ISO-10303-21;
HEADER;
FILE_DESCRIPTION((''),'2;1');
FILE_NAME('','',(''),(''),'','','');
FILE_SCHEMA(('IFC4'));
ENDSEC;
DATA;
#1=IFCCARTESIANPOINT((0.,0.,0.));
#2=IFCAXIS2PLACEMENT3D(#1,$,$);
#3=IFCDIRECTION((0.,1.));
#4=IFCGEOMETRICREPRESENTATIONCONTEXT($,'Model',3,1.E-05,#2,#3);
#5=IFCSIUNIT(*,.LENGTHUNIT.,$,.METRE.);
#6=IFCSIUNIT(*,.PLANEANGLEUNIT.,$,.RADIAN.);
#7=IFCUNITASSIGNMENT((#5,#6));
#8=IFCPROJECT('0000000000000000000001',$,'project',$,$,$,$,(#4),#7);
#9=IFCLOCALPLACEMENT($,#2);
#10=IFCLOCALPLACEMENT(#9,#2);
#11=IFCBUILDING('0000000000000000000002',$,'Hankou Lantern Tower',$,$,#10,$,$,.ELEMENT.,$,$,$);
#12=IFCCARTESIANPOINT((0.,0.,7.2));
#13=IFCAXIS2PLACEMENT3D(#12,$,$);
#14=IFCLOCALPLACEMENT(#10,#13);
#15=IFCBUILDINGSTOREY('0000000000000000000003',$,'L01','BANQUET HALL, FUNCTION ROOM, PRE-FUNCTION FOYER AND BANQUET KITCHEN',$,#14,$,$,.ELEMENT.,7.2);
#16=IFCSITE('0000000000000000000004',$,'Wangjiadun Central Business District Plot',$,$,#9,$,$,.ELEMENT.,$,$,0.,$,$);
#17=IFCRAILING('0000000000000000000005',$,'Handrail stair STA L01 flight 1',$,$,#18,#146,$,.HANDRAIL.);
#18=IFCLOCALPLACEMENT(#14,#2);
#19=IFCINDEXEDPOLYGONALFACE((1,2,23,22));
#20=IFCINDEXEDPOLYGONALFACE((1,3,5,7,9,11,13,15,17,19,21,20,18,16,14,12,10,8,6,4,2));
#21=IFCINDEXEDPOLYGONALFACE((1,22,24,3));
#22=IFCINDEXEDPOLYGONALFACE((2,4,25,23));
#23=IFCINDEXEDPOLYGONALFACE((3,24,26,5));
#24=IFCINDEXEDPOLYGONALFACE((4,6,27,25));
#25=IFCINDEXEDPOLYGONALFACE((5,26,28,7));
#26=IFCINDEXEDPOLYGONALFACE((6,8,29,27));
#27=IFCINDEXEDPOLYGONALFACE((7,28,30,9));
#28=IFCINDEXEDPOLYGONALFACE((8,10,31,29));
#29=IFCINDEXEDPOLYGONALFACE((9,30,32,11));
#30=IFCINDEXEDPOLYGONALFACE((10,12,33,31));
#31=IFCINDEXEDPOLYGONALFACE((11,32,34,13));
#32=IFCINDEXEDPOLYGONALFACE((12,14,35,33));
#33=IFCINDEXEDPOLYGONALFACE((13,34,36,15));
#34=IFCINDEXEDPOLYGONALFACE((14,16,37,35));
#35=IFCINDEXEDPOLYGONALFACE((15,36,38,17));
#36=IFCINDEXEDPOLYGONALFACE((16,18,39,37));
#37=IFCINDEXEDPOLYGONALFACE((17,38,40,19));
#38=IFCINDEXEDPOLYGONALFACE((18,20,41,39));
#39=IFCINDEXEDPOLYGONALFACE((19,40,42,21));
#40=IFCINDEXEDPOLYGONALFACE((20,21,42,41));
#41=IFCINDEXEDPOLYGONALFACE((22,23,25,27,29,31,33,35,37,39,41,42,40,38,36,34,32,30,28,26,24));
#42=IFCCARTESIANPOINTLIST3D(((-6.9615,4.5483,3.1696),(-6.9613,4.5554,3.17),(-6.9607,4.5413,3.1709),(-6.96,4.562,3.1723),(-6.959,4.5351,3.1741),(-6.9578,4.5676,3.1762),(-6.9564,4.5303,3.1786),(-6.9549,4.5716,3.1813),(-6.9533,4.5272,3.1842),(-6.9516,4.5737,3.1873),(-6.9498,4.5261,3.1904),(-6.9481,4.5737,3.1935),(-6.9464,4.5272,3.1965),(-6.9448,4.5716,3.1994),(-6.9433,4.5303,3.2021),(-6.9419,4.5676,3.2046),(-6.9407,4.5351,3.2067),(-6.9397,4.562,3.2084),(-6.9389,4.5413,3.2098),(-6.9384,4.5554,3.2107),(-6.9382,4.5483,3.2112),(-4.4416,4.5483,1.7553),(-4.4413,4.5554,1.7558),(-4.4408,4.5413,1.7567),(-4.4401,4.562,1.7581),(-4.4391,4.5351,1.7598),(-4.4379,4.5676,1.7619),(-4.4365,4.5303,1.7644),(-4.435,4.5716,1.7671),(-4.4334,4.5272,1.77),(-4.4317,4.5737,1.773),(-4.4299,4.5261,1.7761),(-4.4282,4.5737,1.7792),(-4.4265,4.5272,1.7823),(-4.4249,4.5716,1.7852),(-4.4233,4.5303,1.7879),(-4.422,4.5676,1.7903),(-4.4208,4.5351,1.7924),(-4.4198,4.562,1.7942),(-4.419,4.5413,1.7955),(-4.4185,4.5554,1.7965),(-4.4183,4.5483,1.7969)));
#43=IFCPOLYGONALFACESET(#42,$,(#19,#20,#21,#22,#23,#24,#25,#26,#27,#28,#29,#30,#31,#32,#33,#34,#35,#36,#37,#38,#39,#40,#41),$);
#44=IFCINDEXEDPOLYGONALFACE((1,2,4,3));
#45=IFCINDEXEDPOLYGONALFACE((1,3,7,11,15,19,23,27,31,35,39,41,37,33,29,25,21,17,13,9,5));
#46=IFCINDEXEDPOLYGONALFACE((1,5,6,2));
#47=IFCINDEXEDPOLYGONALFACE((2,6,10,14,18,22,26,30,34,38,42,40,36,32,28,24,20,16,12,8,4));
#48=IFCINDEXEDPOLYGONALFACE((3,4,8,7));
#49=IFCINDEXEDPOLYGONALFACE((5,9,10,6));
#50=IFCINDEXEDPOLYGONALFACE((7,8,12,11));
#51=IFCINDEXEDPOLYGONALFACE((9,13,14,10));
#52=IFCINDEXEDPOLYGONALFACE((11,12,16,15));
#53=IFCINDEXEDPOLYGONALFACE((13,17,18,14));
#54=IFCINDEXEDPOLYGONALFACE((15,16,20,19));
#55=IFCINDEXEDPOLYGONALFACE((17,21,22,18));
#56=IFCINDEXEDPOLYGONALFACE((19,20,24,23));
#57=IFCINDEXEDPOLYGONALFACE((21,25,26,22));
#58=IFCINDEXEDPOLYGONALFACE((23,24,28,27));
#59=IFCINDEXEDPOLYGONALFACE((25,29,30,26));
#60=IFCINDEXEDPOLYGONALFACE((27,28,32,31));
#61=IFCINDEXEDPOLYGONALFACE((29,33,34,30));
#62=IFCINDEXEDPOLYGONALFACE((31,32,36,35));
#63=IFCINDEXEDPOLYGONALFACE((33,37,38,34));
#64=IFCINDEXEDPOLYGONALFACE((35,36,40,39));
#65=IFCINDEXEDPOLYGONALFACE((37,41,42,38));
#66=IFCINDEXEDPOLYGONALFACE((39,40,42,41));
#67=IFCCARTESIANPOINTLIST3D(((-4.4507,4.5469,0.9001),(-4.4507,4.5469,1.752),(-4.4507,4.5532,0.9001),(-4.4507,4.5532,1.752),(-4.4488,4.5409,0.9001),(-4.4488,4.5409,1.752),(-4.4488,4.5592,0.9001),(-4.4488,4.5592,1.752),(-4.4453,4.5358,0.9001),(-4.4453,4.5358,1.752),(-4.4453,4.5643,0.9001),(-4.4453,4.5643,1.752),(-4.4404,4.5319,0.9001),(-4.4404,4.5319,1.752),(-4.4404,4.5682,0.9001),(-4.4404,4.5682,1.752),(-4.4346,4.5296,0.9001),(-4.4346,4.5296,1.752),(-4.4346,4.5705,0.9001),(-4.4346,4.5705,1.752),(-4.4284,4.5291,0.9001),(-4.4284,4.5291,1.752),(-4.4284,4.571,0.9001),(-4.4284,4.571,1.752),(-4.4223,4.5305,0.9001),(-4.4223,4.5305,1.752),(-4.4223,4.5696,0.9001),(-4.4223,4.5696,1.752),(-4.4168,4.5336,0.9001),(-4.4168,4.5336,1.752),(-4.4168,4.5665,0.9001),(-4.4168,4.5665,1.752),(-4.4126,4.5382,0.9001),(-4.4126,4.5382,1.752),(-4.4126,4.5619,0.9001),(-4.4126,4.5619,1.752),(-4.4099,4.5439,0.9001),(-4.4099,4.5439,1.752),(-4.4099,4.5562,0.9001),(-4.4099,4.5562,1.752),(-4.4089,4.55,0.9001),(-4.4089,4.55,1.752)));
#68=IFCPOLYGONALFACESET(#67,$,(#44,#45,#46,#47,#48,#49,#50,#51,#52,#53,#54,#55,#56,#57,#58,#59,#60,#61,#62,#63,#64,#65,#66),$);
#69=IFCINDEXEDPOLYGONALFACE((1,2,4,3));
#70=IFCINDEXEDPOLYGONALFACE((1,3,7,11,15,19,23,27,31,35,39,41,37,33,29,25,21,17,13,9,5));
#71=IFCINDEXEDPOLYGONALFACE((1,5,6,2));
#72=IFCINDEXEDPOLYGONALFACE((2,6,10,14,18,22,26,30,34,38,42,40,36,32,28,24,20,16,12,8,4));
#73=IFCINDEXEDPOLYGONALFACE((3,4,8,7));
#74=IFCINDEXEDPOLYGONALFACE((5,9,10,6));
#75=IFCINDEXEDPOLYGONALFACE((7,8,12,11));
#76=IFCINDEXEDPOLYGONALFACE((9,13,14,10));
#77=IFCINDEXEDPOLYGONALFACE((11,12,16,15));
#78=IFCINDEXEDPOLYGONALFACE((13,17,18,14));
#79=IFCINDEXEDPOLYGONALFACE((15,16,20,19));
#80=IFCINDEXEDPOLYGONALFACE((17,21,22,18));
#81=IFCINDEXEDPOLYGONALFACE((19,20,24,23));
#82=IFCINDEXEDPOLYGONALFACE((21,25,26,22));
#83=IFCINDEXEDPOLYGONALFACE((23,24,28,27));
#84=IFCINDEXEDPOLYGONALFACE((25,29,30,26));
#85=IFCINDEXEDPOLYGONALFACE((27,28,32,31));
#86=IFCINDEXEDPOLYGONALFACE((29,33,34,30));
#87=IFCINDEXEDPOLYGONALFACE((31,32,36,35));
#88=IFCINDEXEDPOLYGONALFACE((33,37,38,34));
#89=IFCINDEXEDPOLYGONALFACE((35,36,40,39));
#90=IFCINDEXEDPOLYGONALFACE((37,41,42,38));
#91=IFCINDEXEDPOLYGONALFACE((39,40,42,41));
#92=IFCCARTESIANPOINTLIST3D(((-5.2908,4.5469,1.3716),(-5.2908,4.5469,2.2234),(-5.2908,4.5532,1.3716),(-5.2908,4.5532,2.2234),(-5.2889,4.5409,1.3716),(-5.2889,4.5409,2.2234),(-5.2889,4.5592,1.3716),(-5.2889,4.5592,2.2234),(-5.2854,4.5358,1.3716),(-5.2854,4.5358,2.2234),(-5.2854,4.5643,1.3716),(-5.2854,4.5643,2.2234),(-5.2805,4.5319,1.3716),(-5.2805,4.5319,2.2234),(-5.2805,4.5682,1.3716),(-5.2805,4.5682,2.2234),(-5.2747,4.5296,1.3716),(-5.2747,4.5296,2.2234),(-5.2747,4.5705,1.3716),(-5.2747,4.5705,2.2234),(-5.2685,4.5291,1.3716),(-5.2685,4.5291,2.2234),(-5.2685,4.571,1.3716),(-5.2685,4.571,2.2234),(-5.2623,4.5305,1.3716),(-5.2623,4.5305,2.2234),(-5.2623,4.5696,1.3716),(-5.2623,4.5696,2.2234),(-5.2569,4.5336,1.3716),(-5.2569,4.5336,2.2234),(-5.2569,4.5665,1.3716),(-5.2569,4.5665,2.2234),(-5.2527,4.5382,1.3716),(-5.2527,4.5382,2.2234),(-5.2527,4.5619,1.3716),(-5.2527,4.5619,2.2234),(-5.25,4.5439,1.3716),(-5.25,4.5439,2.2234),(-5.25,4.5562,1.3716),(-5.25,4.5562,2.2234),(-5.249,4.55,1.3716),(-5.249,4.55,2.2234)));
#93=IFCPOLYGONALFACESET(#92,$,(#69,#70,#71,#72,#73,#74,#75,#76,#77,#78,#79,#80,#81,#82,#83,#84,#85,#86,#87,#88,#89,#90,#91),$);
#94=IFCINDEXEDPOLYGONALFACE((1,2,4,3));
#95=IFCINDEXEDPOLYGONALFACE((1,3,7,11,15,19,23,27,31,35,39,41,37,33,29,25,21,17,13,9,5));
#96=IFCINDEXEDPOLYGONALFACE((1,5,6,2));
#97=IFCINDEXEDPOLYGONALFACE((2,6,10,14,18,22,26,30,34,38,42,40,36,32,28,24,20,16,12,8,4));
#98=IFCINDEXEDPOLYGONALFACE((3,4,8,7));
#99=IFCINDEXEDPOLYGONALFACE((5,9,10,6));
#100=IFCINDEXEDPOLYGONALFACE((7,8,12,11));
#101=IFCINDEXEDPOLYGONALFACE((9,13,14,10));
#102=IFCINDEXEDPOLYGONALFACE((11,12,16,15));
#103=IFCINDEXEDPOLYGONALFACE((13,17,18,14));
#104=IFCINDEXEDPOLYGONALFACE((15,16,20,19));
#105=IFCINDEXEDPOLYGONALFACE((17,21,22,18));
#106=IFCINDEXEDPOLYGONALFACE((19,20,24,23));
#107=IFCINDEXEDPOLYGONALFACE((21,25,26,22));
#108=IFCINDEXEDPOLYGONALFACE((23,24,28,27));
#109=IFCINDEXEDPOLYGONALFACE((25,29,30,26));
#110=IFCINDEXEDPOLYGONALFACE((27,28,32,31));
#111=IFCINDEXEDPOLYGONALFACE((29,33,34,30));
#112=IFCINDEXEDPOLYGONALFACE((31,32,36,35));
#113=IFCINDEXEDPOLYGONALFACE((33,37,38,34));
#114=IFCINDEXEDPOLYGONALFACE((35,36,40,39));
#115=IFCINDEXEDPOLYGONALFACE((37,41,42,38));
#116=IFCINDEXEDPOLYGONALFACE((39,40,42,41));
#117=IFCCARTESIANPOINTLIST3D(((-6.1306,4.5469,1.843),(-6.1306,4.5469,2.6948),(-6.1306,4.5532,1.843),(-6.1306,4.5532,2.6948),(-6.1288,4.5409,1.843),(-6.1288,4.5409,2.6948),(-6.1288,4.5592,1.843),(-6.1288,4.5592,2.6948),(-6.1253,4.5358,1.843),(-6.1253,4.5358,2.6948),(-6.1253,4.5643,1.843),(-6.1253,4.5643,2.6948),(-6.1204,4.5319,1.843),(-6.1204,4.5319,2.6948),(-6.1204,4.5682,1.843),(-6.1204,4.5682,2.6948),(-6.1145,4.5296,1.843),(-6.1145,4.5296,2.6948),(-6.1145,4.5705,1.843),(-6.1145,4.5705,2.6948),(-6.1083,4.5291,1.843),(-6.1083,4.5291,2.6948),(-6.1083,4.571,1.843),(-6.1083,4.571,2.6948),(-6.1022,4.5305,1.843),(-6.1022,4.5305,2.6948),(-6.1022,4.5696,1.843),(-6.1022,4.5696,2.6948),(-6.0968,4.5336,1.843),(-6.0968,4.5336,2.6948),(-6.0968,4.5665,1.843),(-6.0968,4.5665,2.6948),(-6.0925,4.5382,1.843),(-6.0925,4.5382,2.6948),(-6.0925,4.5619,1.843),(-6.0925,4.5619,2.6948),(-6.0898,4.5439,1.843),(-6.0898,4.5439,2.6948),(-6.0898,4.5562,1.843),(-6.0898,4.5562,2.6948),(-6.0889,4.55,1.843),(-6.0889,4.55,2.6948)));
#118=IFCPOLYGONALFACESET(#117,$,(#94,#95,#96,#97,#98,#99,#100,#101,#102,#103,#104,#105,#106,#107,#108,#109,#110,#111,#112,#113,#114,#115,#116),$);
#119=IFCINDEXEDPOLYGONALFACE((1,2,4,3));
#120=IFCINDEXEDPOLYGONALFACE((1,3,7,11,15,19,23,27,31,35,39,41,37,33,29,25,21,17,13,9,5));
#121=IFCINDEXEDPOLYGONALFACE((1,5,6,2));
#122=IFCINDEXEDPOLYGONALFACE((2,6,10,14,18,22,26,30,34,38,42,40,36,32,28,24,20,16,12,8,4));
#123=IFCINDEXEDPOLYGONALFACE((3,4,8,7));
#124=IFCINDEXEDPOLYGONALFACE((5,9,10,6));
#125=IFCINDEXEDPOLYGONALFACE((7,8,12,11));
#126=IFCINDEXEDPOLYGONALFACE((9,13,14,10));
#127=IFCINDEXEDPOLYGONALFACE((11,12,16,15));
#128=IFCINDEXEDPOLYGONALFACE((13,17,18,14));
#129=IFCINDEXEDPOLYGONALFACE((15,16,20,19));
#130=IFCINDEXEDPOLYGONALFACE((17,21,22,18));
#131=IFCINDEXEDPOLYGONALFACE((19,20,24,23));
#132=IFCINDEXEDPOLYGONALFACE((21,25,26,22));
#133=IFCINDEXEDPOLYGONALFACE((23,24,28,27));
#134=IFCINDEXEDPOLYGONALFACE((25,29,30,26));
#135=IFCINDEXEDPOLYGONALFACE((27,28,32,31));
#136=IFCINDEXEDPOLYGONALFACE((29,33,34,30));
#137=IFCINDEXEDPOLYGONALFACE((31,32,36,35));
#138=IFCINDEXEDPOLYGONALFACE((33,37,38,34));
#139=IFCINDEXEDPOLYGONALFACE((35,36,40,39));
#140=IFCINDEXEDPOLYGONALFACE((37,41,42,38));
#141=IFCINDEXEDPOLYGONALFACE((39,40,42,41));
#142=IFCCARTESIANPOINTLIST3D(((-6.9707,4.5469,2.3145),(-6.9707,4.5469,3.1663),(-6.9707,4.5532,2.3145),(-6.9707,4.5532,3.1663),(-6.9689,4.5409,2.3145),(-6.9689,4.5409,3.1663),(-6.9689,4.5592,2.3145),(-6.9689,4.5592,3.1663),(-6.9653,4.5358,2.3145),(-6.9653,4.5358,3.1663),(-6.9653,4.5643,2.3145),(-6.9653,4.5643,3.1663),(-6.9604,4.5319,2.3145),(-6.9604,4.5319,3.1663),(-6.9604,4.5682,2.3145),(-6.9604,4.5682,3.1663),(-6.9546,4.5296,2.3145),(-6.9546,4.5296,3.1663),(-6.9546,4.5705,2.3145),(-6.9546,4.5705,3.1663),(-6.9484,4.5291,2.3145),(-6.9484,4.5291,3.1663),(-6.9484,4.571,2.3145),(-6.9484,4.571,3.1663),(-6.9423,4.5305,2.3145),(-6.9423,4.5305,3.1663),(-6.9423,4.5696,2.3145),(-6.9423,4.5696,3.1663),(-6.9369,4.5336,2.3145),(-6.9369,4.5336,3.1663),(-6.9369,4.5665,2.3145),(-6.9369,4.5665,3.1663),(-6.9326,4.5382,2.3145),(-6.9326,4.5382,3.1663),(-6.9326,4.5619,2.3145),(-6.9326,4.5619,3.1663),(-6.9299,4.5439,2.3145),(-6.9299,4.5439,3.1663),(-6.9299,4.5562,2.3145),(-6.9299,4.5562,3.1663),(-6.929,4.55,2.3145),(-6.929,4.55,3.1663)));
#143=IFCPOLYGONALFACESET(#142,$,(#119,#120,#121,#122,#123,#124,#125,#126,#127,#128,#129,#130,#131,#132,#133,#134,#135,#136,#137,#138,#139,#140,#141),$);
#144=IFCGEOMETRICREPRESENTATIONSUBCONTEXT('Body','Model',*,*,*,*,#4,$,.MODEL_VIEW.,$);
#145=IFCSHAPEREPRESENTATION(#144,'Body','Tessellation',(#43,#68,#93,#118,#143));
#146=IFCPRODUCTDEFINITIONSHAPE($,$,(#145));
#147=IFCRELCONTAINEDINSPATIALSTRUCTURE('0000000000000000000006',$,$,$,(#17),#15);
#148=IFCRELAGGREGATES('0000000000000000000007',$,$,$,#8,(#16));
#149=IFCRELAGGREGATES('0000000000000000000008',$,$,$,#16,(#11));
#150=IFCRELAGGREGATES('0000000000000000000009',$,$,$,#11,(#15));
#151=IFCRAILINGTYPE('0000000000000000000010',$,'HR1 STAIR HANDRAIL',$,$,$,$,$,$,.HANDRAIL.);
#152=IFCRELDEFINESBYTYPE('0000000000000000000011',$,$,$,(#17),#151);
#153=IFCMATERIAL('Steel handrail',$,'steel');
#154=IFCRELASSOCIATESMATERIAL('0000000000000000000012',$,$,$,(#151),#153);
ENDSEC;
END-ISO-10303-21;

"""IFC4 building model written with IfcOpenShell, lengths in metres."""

from ifc_helpers import new_model, si_unit, direction, frame, origin, origin_2d, place, context, subcontext, project, spatial, circle, extrude, material, type_object, element, save


model = new_model("IFC4")

# Units and contexts
model_context = context("Model", 3, precision=1e-05, world=origin(), true_north=direction((0.0, 1.0)))
body_context = subcontext(model_context, "Body", "Model", "MODEL_VIEW")
ifc_project = project(units=[si_unit("LENGTHUNIT", "METRE"), si_unit("PLANEANGLEUNIT", "RADIAN")], contexts=[model_context])

# Site, building, storey
site_placement = place(None, origin())
site = spatial("IfcSite", under=ifc_project, at=site_placement, Name="Wangjiadun Central Business District Plot", CompositionType="ELEMENT", RefElevation=0.0)
building_placement = place(site_placement, origin())
building = spatial("IfcBuilding", under=site, at=building_placement, Name="Hankou Lantern Tower", CompositionType="ELEMENT")
storey_placement = place(building_placement, frame((0.0, 0.0, 7.2)))
storey = spatial("IfcBuildingStorey", under=building, at=storey_placement, Name="L01", Description="BANQUET HALL, FUNCTION ROOM, PRE-FUNCTION FOYER AND BANQUET KITCHEN", CompositionType="ELEMENT", Elevation=7.2)

# Railing
ifc_material_1 = material(Name="Steel handrail", Category="steel")
railing_type = type_object("IfcRailingType", Name="HR1 STAIR HANDRAIL", PredefinedType="HANDRAIL", material=ifc_material_1)
railing_1_placement = place(storey_placement, frame((-4.4299, 4.55, 0.9001)))
element("IfcRailing", 1, at=railing_1_placement, inside=storey, type_object=railing_type, Name="Handrail stair STA L01 flight 1", PredefinedType="HANDRAIL", context=body_context, shape_type="SweptSolid", body=[
    extrude(circle(Radius=0.0239, at=origin_2d()), frame((0.0, 0.0, 0.876), z_axis=(-0.872049, 0.0, 0.489419), x_axis=(0.0, -1.0, 0.0)), (0.0, 0.0, 1.0), 2.8896),
    extrude(circle(Radius=0.021, at=origin_2d()), origin(), (0.0, 0.0, 1.0), 0.8518),
    extrude(circle(Radius=0.021, at=origin_2d()), frame((-0.8401, 0.0, 0.4714)), (0.0, 0.0, 1.0), 0.8518),
    extrude(circle(Radius=0.021, at=origin_2d()), frame((-1.6799, 0.0, 0.9429)), (0.0, 0.0, 1.0), 0.8518),
    extrude(circle(Radius=0.021, at=origin_2d()), frame((-2.52, 0.0, 1.4143)), (0.0, 0.0, 1.0), 0.8518),
])

save(model, "model.ifc")
